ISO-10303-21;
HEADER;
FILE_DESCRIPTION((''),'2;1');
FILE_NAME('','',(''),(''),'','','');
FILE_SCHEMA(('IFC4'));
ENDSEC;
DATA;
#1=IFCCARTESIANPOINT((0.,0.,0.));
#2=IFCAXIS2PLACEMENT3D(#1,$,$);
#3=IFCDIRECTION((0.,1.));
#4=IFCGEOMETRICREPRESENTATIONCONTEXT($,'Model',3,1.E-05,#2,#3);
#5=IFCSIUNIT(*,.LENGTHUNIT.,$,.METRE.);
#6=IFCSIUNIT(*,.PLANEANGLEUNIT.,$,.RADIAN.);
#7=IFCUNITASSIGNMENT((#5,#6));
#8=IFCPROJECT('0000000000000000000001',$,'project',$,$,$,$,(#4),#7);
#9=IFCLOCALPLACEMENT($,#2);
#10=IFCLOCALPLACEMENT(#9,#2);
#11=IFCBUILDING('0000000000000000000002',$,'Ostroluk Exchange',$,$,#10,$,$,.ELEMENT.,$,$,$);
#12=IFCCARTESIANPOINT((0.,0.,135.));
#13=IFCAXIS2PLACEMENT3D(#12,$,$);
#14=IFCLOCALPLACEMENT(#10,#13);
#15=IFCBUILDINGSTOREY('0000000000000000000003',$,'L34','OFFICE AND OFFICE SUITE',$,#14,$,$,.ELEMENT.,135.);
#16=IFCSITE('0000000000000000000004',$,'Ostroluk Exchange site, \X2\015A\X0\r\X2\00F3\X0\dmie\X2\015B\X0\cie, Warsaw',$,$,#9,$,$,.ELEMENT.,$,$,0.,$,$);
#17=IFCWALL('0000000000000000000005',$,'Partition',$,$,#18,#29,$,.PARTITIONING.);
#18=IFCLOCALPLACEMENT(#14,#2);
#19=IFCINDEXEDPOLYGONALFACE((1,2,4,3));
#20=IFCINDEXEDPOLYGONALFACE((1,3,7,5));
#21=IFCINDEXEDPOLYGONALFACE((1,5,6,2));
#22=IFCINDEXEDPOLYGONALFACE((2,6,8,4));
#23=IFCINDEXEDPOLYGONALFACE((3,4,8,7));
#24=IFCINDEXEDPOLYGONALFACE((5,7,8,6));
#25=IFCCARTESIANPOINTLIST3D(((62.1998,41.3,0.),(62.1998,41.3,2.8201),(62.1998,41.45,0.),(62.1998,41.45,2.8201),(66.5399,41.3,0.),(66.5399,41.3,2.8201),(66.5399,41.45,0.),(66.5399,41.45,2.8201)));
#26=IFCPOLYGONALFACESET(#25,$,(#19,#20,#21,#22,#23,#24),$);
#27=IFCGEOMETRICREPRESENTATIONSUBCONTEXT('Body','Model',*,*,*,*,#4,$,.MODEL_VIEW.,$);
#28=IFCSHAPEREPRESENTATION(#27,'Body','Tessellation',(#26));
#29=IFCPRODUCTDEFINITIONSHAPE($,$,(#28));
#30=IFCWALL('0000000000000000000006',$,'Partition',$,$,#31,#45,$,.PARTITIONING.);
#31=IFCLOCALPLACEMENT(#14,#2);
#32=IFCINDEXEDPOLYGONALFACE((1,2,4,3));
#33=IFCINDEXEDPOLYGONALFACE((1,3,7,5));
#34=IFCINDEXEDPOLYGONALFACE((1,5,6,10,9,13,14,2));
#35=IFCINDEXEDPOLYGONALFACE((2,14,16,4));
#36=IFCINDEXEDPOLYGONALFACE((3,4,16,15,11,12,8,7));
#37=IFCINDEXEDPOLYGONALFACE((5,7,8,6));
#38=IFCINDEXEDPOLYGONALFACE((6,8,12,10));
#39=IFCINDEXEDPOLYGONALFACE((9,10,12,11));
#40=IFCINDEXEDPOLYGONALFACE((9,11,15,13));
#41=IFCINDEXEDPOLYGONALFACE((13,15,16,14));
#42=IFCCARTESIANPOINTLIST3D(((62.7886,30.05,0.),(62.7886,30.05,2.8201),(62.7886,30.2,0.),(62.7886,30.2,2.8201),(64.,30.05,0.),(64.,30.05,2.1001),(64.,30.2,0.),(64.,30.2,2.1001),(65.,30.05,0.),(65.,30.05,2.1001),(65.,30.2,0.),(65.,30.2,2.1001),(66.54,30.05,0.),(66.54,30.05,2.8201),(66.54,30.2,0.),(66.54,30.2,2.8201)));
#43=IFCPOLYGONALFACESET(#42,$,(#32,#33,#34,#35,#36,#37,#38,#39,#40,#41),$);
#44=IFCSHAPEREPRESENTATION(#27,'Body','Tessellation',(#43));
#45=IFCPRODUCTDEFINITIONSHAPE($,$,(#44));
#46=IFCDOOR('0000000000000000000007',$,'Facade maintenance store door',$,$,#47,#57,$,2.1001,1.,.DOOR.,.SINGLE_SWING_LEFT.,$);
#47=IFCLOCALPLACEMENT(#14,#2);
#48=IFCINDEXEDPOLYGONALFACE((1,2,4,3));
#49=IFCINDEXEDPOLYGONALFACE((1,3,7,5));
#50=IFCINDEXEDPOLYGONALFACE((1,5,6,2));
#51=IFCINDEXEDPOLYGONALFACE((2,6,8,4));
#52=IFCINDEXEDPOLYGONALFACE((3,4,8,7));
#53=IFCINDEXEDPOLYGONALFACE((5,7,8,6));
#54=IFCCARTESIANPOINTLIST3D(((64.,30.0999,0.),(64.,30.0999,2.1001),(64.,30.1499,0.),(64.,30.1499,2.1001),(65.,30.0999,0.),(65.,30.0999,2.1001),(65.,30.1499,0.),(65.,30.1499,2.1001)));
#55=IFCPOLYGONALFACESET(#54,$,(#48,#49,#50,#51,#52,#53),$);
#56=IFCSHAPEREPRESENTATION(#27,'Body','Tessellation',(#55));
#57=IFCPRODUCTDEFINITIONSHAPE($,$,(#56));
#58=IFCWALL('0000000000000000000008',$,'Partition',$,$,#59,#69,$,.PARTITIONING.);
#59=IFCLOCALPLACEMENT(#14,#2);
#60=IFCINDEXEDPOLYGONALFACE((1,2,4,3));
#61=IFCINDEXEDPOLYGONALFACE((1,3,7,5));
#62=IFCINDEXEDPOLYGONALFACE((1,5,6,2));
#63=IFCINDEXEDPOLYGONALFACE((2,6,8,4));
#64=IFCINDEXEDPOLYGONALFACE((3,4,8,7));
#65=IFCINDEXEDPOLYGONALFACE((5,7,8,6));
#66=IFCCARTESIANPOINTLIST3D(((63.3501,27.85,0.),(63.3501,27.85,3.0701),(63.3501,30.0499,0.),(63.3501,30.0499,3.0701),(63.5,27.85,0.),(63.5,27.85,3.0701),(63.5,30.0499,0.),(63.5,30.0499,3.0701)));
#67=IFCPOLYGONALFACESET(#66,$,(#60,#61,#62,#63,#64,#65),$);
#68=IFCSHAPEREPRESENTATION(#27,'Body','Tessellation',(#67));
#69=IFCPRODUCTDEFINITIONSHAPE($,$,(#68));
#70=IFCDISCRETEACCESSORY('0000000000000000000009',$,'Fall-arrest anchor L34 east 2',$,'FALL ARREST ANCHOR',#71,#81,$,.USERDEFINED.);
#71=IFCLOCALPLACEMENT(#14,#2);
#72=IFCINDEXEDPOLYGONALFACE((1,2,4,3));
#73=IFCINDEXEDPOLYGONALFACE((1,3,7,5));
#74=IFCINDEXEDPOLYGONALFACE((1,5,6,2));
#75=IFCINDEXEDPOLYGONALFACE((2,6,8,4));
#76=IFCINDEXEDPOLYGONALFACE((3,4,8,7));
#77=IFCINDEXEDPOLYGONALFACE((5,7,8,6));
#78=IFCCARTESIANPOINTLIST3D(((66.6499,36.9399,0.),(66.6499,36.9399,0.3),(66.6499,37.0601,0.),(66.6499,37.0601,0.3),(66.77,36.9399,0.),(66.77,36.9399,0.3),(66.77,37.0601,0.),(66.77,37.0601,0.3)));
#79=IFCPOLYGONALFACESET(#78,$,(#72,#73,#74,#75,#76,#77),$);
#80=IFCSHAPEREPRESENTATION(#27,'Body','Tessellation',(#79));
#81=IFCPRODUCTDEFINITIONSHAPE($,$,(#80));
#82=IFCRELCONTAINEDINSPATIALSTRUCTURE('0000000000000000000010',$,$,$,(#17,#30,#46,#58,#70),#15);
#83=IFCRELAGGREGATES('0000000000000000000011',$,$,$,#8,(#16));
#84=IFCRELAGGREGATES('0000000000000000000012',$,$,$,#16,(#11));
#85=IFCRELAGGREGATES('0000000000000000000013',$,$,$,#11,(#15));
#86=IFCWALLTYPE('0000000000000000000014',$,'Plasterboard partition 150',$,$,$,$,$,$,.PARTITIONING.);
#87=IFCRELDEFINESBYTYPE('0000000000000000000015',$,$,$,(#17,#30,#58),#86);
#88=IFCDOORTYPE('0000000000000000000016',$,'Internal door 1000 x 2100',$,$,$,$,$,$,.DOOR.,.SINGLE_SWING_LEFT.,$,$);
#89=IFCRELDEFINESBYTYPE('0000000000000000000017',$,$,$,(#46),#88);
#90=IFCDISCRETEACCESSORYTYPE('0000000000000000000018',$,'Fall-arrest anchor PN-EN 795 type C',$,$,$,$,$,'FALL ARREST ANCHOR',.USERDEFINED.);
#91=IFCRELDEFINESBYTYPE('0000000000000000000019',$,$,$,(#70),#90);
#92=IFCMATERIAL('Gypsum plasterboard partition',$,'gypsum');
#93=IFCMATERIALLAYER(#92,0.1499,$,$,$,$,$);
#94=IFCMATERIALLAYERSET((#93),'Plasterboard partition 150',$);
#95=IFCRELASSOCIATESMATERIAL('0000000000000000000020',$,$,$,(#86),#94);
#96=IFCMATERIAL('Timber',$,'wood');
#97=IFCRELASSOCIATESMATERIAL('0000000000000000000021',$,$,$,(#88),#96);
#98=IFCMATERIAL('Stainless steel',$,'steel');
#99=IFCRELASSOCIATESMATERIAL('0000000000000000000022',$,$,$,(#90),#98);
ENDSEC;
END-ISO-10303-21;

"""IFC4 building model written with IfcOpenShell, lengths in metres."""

from ifc_helpers import new_model, si_unit, direction, frame, frame_2d, origin, origin_2d, place, context, subcontext, project, spatial, rectangle, extrude, material, layer, layer_set, type_object, element, fill, save


model = new_model("IFC4")

# Units and contexts
model_context = context("Model", 3, precision=1e-05, world=origin(), true_north=direction((0.0, 1.0)))
body_context = subcontext(model_context, "Body", "Model", "MODEL_VIEW")
ifc_project = project(units=[si_unit("LENGTHUNIT", "METRE"), si_unit("PLANEANGLEUNIT", "RADIAN")], contexts=[model_context])

# Site, building, storey
site_placement = place(None, origin())
site = spatial("IfcSite", under=ifc_project, at=site_placement, Name="Ostroluk Exchange site, Śródmieście, Warsaw", CompositionType="ELEMENT", RefElevation=0.0)
building_placement = place(site_placement, origin())
building = spatial("IfcBuilding", under=site, at=building_placement, Name="Ostroluk Exchange", CompositionType="ELEMENT")
storey_placement = place(building_placement, frame((0.0, 0.0, 135.0)))
storey = spatial("IfcBuildingStorey", under=building, at=storey_placement, Name="L34", Description="OFFICE AND OFFICE SUITE", CompositionType="ELEMENT", Elevation=135.0)

# Shared definitions
ifc_material_1 = material(Name="Gypsum plasterboard partition", Category="gypsum")
ifc_layer_1 = layer(ifc_material_1, 0.1499)
ifc_layer_set_1 = layer_set([ifc_layer_1], Name="Plasterboard partition 150")
wall_type = type_object("IfcWallType", Name="Plasterboard partition 150", PredefinedType="PARTITIONING", material=ifc_layer_set_1)
ifc_material_2 = material(Name="Timber", Category="wood")
door_type = type_object("IfcDoorType", Name="Internal door 1000 x 2100", OperationType="SINGLE_SWING_LEFT", PredefinedType="DOOR", material=ifc_material_2)

# Wall
for number, where, z_axis, x_axis, name in (
    (1, (62.2, 41.375, 0.0), (0.0, 0.0, 1.0), (1.0, 0.0, 0.0), "Partition"),
):
    element("IfcWall", number, at=place(storey_placement, frame(where, z_axis=z_axis, x_axis=x_axis)), inside=storey, type_object=wall_type, Name=name, PredefinedType="PARTITIONING", context=body_context, shape_type="SweptSolid", body=[
        extrude(rectangle(XDim=4.3401, YDim=0.1499, at=frame_2d((2.1699, 0.0))), origin(), (0.0, 0.0, 1.0), 2.8201),
    ])

# Wall, opening, door
wall_1_placement = place(storey_placement, frame((62.7886, 30.125, 0.0), z_axis=(0.0, 0.0, 1.0), x_axis=(1.0, 0.0, 0.0)))
wall_1 = element("IfcWall", 2, at=wall_1_placement, inside=storey, type_object=wall_type, Name="Partition", PredefinedType="PARTITIONING", context=body_context, shape_type="SweptSolid", body=[
    extrude(rectangle(XDim=3.7515, YDim=0.1499, at=frame_2d((1.8757, 0.0))), origin(), (0.0, 0.0, 1.0), 2.8201),
])
opening_1_placement = place(wall_1_placement, frame((1.2114, 0.0, 0.0)))
opening_1 = element("IfcOpeningElement", 3, at=opening_1_placement, cuts=wall_1, PredefinedType="OPENING", context=body_context, shape_type="SweptSolid", body=[
    extrude(rectangle(XDim=1.0, YDim=2.1001, at=frame_2d((0.5, 1.05))), frame((0.0, 0.085, 0.0), z_axis=(0.0, -1.0, 0.0), x_axis=(1.0, 0.0, 0.0)), (0.0, 0.0, 1.0), 0.1699),
])
door_1_placement = place(opening_1_placement, origin())
door_1 = element("IfcDoor", 4, at=door_1_placement, inside=storey, type_object=door_type, Name="Facade maintenance store door", OperationType="SINGLE_SWING_LEFT", OverallHeight=2.1001, OverallWidth=1.0, PredefinedType="DOOR", context=body_context, shape_type="SweptSolid", body=[
    extrude(rectangle(XDim=1.0, YDim=2.1001, at=frame_2d((0.5, 1.05))), frame((0.0, 0.0249, 0.0), z_axis=(0.0, -1.0, 0.0), x_axis=(1.0, 0.0, 0.0)), (0.0, 0.0, 1.0), 0.05),
])
fill(opening_1, door_1)

# Wall
wall_2_placement = place(storey_placement, frame((63.425, 30.05, 0.0), z_axis=(0.0, 0.0, 1.0), x_axis=(0.0, -1.0, 0.0)))
element("IfcWall", 5, at=wall_2_placement, inside=storey, type_object=wall_type, Name="Partition", PredefinedType="PARTITIONING", context=body_context, shape_type="SweptSolid", body=[
    extrude(rectangle(XDim=2.2, YDim=0.1499, at=frame_2d((1.1001, 0.0))), origin(), (0.0, 0.0, 1.0), 3.0701),
])

# Discrete accessory
ifc_material_3 = material(Name="Stainless steel", Category="steel")
discrete_accessory_type = type_object("IfcDiscreteAccessoryType", Name="Fall-arrest anchor PN-EN 795 type C", ElementType="FALL ARREST ANCHOR", PredefinedType="USERDEFINED", material=ifc_material_3)
discrete_accessory_placement = place(storey_placement, frame((66.71, 37.0, 0.0), z_axis=(0.0, 0.0, 1.0), x_axis=(1.0, 0.0, 0.0)))
element("IfcDiscreteAccessory", 6, at=discrete_accessory_placement, inside=storey, type_object=discrete_accessory_type, Name="Fall-arrest anchor L34 east 2", ObjectType="FALL ARREST ANCHOR", PredefinedType="USERDEFINED", context=body_context, shape_type="SweptSolid", body=[
    extrude(rectangle(XDim=0.1201, YDim=0.1201, at=origin_2d()), origin(), (0.0, 0.0, 1.0), 0.3),
])

save(model, "model.ifc")
